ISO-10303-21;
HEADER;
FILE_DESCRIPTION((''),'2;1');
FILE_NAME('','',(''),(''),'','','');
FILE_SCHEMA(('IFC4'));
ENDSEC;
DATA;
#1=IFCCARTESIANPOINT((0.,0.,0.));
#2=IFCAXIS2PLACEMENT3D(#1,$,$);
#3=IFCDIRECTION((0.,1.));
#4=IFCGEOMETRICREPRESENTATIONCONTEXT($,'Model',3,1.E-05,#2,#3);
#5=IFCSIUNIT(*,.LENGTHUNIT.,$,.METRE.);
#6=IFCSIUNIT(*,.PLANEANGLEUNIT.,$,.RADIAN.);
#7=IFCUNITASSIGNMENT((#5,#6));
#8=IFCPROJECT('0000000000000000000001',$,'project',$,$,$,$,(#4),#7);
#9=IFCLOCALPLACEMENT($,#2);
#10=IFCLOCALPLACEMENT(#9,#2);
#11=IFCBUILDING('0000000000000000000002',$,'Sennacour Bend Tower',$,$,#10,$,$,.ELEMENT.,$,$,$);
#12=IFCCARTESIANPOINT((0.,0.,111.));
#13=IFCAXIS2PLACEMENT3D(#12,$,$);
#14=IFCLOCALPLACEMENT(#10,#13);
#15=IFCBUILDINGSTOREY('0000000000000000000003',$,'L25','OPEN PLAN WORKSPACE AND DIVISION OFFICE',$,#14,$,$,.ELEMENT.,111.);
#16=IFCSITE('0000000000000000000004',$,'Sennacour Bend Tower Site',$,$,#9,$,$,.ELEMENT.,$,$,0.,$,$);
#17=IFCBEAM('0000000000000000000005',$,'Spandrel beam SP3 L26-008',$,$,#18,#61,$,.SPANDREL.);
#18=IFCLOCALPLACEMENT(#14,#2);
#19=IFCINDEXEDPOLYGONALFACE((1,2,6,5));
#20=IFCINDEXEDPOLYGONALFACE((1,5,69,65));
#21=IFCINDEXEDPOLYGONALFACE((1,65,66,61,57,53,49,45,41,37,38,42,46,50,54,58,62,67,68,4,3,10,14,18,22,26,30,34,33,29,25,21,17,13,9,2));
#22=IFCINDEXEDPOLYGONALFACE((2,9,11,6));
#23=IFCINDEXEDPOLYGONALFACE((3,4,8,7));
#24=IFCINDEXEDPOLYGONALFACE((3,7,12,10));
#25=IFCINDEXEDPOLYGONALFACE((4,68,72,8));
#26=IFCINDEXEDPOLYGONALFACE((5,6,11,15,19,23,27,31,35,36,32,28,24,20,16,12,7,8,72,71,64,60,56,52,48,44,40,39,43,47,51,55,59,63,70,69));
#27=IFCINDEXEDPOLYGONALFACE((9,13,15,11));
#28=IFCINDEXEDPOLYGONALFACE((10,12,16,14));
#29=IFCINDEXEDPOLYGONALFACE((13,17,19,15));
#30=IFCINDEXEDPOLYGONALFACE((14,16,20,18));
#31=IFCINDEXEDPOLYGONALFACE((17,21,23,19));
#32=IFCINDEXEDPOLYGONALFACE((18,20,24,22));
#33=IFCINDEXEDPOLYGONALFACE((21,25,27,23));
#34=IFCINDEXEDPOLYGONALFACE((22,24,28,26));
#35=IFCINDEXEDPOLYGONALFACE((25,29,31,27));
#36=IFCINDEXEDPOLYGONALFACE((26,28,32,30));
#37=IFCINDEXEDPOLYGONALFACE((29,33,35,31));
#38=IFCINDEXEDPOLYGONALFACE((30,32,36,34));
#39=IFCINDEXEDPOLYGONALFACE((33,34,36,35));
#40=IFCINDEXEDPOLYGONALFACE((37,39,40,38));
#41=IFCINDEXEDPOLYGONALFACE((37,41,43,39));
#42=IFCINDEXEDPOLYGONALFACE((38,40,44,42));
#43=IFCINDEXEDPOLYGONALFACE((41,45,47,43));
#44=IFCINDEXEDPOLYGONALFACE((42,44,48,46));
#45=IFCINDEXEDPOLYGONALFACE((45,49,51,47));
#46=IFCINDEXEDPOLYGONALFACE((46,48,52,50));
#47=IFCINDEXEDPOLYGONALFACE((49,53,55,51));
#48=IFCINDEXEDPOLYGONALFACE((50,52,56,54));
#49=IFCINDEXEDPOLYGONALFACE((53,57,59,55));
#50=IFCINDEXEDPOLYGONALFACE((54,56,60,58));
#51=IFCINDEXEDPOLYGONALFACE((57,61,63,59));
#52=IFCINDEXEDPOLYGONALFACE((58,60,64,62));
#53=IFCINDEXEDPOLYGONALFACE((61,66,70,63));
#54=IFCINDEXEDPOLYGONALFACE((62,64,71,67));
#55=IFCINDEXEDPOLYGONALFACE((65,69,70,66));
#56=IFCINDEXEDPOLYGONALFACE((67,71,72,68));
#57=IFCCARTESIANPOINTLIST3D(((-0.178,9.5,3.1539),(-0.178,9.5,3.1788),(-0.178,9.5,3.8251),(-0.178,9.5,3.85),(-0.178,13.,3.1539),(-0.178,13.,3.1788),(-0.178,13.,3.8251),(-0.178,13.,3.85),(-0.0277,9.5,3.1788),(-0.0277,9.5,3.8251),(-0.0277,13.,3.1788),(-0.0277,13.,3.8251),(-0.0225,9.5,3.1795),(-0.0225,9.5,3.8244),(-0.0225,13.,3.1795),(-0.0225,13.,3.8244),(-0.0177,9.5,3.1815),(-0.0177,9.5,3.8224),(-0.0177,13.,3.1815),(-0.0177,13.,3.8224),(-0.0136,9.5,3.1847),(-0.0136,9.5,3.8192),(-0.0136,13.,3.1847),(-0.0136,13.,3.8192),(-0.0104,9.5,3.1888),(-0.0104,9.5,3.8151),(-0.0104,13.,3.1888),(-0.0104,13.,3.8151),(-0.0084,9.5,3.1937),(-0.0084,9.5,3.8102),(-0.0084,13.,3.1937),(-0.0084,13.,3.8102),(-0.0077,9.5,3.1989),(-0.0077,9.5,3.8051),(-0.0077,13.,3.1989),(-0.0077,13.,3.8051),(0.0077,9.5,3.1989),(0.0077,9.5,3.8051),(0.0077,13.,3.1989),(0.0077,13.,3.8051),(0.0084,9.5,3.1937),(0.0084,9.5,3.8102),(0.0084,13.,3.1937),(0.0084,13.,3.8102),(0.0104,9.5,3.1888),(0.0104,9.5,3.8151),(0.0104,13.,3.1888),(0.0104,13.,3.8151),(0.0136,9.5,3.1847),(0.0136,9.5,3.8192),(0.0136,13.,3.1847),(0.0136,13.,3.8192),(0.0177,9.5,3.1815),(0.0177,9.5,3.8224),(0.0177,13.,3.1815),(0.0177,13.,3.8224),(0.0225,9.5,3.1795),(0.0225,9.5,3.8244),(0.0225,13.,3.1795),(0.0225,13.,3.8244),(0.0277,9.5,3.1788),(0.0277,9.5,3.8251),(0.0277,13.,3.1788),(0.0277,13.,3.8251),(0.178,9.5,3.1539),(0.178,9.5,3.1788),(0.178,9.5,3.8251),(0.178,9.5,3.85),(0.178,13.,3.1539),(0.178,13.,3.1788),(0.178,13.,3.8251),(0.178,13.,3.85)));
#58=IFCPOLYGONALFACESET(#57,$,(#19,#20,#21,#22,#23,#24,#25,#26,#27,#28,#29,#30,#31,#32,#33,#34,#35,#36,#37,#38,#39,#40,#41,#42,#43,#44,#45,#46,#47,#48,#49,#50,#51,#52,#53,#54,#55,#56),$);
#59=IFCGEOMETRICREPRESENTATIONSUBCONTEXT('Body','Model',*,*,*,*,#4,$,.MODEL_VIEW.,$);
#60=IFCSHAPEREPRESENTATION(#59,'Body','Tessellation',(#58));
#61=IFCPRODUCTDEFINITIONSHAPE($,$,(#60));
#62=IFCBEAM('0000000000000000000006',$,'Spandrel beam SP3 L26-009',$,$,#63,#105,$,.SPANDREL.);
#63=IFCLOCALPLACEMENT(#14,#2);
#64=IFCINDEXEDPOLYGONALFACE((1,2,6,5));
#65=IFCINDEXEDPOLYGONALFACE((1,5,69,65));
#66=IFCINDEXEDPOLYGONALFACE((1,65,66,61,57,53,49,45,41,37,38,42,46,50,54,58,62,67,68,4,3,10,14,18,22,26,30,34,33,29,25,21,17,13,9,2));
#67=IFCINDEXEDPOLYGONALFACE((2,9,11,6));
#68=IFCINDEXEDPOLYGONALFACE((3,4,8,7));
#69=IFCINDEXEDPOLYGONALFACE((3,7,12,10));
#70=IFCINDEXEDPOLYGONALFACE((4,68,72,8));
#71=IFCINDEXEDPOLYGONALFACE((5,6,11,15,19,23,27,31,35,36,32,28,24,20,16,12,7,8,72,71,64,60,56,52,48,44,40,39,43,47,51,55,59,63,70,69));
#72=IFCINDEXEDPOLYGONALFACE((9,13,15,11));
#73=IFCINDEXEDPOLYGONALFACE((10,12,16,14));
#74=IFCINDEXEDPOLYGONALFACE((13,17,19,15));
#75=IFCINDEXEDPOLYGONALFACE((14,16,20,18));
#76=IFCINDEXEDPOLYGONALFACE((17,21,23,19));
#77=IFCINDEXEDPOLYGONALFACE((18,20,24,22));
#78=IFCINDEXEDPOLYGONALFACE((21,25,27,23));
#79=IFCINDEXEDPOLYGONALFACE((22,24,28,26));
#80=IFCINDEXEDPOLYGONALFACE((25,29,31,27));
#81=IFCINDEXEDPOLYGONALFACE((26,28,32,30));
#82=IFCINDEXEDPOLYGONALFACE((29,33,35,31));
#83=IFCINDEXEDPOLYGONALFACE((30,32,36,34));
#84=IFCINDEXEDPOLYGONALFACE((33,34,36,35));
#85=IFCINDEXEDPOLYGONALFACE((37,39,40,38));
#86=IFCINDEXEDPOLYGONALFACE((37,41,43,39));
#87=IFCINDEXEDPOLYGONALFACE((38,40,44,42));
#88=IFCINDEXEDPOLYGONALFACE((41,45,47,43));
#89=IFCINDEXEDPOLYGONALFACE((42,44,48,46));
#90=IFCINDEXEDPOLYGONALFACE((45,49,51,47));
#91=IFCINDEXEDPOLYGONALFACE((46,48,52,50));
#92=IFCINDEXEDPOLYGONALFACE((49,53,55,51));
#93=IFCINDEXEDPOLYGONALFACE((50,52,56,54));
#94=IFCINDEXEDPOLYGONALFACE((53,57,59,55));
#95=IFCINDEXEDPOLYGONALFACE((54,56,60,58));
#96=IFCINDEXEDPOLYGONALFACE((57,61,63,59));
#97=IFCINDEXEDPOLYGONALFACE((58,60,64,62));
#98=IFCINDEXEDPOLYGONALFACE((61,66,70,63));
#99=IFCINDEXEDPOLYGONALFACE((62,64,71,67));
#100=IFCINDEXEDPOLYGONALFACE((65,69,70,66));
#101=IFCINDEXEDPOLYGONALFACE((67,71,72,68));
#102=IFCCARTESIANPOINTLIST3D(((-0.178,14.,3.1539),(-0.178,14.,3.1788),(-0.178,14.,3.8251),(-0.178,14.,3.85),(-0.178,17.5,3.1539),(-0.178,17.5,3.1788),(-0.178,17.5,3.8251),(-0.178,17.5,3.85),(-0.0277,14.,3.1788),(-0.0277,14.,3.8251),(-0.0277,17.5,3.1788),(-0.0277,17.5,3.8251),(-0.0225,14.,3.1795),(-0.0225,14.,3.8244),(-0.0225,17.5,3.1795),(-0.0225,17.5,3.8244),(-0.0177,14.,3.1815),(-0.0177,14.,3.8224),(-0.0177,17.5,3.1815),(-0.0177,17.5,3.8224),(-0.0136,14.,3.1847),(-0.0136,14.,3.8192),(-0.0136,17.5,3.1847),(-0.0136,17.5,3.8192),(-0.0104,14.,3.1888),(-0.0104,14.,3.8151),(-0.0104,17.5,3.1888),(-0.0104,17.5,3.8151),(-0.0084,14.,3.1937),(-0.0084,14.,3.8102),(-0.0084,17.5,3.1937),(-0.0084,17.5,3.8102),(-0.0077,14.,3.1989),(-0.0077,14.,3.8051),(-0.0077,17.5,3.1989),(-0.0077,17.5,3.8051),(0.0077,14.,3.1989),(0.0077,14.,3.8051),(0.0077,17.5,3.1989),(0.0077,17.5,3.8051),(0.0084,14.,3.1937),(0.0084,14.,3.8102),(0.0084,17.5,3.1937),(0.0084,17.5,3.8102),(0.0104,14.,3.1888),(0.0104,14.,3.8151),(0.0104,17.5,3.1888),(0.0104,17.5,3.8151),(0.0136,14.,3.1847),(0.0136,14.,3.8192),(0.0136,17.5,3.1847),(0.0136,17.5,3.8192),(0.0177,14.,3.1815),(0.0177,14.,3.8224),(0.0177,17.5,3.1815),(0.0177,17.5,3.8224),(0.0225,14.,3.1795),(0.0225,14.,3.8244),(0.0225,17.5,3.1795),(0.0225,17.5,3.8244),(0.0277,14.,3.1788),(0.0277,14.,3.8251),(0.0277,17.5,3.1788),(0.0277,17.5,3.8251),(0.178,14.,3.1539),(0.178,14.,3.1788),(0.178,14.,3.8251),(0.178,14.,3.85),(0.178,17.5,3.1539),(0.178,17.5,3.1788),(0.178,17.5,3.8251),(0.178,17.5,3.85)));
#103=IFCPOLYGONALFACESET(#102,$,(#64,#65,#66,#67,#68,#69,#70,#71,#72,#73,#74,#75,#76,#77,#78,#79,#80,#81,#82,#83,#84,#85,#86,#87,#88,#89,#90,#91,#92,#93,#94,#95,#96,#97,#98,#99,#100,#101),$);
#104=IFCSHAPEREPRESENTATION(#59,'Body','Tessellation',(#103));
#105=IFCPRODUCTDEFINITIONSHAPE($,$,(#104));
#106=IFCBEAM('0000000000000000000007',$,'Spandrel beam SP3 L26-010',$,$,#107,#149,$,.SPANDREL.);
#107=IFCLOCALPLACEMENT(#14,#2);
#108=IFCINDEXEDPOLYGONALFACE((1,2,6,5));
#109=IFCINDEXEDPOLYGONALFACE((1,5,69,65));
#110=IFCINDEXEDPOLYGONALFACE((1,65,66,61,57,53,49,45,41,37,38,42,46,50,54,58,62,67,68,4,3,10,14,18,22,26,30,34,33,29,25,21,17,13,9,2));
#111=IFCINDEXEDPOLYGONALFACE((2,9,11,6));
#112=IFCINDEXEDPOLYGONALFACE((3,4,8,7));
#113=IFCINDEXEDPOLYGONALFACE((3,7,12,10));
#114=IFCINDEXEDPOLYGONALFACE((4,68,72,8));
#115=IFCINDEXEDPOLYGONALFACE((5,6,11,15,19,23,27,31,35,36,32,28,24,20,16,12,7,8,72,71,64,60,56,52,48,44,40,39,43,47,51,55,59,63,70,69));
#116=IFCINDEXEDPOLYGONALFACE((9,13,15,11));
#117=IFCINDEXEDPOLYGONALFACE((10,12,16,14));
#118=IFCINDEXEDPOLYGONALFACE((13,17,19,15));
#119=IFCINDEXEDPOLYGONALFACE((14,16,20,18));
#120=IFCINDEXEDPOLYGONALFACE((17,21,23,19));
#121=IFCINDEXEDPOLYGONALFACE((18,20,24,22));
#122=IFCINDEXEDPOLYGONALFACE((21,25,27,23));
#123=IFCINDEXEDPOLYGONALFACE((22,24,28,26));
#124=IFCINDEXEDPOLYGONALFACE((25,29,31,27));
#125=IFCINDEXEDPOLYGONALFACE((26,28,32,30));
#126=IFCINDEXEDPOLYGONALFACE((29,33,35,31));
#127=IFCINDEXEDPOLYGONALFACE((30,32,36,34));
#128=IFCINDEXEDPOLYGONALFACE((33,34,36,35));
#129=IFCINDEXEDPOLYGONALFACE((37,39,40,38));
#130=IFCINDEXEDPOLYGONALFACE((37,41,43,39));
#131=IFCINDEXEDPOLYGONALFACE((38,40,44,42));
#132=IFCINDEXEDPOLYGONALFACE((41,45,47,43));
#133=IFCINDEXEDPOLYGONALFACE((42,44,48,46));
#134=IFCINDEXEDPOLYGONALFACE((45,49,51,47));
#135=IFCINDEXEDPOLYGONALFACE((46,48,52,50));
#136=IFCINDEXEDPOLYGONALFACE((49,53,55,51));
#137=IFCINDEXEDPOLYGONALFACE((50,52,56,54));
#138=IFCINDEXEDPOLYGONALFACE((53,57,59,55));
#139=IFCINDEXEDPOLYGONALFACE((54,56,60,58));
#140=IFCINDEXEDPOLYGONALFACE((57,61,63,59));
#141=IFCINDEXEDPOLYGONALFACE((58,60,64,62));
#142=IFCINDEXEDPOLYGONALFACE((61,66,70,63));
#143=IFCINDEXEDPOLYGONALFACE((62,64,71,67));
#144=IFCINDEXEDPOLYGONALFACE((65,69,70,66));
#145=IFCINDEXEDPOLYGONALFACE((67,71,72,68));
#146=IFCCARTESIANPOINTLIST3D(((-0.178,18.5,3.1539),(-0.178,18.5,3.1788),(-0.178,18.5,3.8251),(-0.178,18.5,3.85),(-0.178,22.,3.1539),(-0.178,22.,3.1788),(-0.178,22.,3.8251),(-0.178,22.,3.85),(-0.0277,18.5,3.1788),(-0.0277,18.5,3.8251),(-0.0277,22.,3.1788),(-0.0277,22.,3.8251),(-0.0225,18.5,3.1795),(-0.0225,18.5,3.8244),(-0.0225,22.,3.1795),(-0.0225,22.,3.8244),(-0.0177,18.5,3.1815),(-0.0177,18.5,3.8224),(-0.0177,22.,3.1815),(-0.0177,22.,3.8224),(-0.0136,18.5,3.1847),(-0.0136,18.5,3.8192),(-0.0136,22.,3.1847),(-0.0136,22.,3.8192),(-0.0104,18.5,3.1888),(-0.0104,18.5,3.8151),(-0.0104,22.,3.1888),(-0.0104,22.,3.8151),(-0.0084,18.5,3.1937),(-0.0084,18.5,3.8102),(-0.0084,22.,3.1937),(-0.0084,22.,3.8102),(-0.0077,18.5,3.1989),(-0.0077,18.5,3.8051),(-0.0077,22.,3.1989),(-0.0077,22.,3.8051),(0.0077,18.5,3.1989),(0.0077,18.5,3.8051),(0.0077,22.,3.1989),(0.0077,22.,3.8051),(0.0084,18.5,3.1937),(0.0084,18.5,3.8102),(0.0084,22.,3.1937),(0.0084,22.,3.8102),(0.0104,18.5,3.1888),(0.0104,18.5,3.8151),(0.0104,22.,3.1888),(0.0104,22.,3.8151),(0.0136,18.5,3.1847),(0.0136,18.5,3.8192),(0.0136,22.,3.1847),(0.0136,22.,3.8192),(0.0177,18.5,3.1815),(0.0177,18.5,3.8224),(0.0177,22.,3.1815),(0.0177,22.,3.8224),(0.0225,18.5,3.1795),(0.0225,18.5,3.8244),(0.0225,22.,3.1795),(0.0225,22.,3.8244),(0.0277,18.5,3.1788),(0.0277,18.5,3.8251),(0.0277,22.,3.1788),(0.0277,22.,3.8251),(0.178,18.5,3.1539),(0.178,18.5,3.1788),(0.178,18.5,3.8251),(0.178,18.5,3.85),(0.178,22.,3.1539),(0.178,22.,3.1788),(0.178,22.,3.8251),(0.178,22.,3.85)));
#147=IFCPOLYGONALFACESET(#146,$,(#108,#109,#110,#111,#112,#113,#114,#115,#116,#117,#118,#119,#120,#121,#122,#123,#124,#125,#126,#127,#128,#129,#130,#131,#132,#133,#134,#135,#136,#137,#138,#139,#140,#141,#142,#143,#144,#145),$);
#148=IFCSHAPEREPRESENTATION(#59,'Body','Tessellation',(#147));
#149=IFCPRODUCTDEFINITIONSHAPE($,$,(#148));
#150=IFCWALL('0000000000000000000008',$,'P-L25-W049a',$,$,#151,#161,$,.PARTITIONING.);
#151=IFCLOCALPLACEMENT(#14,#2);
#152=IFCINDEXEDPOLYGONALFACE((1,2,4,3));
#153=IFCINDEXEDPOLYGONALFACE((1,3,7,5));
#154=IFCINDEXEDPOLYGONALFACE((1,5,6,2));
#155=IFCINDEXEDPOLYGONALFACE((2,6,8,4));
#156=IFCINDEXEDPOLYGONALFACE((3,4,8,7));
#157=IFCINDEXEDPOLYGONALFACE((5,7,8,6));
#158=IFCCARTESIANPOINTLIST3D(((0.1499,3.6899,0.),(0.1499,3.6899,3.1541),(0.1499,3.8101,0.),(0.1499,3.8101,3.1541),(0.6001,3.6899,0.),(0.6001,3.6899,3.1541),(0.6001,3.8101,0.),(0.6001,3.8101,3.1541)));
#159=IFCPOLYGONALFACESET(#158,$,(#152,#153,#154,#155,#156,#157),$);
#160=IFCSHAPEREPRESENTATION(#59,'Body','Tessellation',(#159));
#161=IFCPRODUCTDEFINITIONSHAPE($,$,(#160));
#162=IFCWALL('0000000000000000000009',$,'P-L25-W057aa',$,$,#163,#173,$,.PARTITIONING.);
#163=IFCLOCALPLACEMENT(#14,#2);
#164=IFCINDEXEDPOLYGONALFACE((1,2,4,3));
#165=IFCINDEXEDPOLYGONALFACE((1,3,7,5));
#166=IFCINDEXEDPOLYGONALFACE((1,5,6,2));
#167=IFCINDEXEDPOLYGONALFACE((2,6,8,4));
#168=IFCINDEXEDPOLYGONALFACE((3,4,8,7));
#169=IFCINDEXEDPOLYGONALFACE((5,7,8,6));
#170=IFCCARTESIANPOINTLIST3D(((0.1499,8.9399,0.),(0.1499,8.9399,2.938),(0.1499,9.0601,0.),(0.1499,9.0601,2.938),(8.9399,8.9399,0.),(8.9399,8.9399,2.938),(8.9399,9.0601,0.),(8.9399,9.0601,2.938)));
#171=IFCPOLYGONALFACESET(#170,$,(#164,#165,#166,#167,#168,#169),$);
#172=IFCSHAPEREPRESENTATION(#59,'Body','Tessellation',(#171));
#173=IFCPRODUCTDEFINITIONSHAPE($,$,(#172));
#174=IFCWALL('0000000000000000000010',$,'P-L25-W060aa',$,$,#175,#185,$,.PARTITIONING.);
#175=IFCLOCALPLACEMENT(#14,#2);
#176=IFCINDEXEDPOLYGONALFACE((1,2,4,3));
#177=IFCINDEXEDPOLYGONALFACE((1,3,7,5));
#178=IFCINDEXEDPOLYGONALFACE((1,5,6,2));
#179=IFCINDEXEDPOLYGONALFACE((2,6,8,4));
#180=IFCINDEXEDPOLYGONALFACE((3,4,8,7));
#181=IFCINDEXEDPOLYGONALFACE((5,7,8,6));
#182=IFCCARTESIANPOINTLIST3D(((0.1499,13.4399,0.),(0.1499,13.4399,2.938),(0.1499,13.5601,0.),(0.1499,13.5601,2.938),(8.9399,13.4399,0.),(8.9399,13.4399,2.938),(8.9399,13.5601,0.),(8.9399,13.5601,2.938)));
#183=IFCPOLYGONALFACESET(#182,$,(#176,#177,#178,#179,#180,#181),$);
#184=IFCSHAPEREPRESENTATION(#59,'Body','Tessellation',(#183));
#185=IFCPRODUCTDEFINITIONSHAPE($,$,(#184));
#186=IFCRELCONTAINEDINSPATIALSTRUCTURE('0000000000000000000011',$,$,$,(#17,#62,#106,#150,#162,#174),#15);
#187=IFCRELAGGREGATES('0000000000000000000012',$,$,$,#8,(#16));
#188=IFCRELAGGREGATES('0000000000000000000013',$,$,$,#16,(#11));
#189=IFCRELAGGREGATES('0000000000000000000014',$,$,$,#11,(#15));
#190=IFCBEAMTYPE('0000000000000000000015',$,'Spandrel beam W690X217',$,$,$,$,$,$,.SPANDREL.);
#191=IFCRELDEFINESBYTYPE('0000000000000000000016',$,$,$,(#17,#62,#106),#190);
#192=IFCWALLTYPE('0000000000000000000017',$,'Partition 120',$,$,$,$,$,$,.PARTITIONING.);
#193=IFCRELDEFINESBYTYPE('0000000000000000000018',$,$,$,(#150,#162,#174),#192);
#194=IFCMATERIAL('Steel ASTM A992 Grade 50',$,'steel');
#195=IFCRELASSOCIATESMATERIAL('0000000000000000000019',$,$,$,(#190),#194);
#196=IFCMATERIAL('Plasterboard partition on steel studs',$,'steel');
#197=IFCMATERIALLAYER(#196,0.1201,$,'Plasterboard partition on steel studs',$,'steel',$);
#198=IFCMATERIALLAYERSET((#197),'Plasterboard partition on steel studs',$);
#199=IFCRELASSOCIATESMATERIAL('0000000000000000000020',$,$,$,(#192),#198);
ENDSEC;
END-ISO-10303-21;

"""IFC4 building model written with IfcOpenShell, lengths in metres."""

from ifc_helpers import new_model, si_unit, direction, frame, frame_2d, origin, origin_2d, place, context, subcontext, project, spatial, rectangle, i_section, extrude, material, layer, layer_set, material_profile, profile_set, type_object, element, save


model = new_model("IFC4")

# Units and contexts
model_context = context("Model", 3, precision=1e-05, world=origin(), true_north=direction((0.0, 1.0)))
body_context = subcontext(model_context, "Body", "Model", "MODEL_VIEW")
ifc_project = project(units=[si_unit("LENGTHUNIT", "METRE"), si_unit("PLANEANGLEUNIT", "RADIAN")], contexts=[model_context])

# Site, building, storey
site_placement = place(None, origin())
site = spatial("IfcSite", under=ifc_project, at=site_placement, Name="Sennacour Bend Tower Site", CompositionType="ELEMENT", RefElevation=0.0)
building_placement = place(site_placement, origin())
building = spatial("IfcBuilding", under=site, at=building_placement, Name="Sennacour Bend Tower", CompositionType="ELEMENT")
storey_placement = place(building_placement, frame((0.0, 0.0, 111.0)))
storey = spatial("IfcBuildingStorey", under=building, at=storey_placement, Name="L25", Description="OPEN PLAN WORKSPACE AND DIVISION OFFICE", CompositionType="ELEMENT", Elevation=111.0)

# Beams
ifc_material_1 = material(Name="Steel ASTM A992 Grade 50", Category="steel")
ifc_material_profile_1 = material_profile(ifc_material_1, i_section(OverallWidth=0.356, OverallDepth=0.696, WebThickness=0.0154, FlangeThickness=0.0249, FilletRadius=0.02, at=origin_2d()), Name="Steel ASTM A992 Grade 50", Category="steel")
ifc_profile_set_1 = profile_set([ifc_material_profile_1], Name="Steel ASTM A992 Grade 50")
beam_type_1 = type_object("IfcBeamType", Name="Spandrel beam W690X217", PredefinedType="SPANDREL", material=ifc_profile_set_1)
for number, where, z_axis, x_axis, name in (
    (1, (0.0, 9.5, 3.502), (0.0, 1.0, 0.0), (-1.0, 0.0, 0.0), "Spandrel beam SP3 L26-008"),
    (2, (0.0, 14.0, 3.502), (0.0, 1.0, 0.0), (-1.0, 0.0, 0.0), "Spandrel beam SP3 L26-009"),
    (3, (0.0, 18.5, 3.502), (0.0, 1.0, 0.0), (-1.0, 0.0, 0.0), "Spandrel beam SP3 L26-010"),
):
    element("IfcBeam", number, at=place(storey_placement, frame(where, z_axis=z_axis, x_axis=x_axis)), inside=storey, type_object=beam_type_1, Name=name, PredefinedType="SPANDREL", context=body_context, shape_type="SweptSolid", body=[
        extrude(i_section(OverallWidth=0.356, OverallDepth=0.696, WebThickness=0.0154, FlangeThickness=0.0249, FilletRadius=0.02, at=origin_2d()), origin(), (0.0, 0.0, 1.0), 3.5),
    ])

# Walls
ifc_material_2 = material(Name="Plasterboard partition on steel studs", Category="steel")
ifc_layer_1 = layer(ifc_material_2, 0.1201, Name="Plasterboard partition on steel studs", Category="steel")
ifc_layer_set_1 = layer_set([ifc_layer_1], Name="Plasterboard partition on steel studs")
wall_type_1 = type_object("IfcWallType", Name="Partition 120", PredefinedType="PARTITIONING", material=ifc_layer_set_1)
wall_1_placement = place(storey_placement, frame((0.1499, 3.75, 0.0), z_axis=(0.0, 0.0, 1.0), x_axis=(1.0, 0.0, 0.0)))
element("IfcWall", 4, at=wall_1_placement, inside=storey, type_object=wall_type_1, Name="P-L25-W049a", PredefinedType="PARTITIONING", context=body_context, shape_type="SweptSolid", body=[
    extrude(rectangle(XDim=0.4502, YDim=0.1201, at=frame_2d((0.2251, 0.0))), origin(), (0.0, 0.0, 1.0), 3.1541),
])
for number, where, z_axis, x_axis, name in (
    (5, (0.1499, 9.0, 0.0), (0.0, 0.0, 1.0), (1.0, 0.0, 0.0), "P-L25-W057aa"),
    (6, (0.1499, 13.5, 0.0), (0.0, 0.0, 1.0), (1.0, 0.0, 0.0), "P-L25-W060aa"),
):
    element("IfcWall", number, at=place(storey_placement, frame(where, z_axis=z_axis, x_axis=x_axis)), inside=storey, type_object=wall_type_1, Name=name, PredefinedType="PARTITIONING", context=body_context, shape_type="SweptSolid", body=[
        extrude(rectangle(XDim=8.79, YDim=0.1201, at=frame_2d((4.395, 0.0))), origin(), (0.0, 0.0, 1.0), 2.938),
    ])

save(model, "model.ifc")
